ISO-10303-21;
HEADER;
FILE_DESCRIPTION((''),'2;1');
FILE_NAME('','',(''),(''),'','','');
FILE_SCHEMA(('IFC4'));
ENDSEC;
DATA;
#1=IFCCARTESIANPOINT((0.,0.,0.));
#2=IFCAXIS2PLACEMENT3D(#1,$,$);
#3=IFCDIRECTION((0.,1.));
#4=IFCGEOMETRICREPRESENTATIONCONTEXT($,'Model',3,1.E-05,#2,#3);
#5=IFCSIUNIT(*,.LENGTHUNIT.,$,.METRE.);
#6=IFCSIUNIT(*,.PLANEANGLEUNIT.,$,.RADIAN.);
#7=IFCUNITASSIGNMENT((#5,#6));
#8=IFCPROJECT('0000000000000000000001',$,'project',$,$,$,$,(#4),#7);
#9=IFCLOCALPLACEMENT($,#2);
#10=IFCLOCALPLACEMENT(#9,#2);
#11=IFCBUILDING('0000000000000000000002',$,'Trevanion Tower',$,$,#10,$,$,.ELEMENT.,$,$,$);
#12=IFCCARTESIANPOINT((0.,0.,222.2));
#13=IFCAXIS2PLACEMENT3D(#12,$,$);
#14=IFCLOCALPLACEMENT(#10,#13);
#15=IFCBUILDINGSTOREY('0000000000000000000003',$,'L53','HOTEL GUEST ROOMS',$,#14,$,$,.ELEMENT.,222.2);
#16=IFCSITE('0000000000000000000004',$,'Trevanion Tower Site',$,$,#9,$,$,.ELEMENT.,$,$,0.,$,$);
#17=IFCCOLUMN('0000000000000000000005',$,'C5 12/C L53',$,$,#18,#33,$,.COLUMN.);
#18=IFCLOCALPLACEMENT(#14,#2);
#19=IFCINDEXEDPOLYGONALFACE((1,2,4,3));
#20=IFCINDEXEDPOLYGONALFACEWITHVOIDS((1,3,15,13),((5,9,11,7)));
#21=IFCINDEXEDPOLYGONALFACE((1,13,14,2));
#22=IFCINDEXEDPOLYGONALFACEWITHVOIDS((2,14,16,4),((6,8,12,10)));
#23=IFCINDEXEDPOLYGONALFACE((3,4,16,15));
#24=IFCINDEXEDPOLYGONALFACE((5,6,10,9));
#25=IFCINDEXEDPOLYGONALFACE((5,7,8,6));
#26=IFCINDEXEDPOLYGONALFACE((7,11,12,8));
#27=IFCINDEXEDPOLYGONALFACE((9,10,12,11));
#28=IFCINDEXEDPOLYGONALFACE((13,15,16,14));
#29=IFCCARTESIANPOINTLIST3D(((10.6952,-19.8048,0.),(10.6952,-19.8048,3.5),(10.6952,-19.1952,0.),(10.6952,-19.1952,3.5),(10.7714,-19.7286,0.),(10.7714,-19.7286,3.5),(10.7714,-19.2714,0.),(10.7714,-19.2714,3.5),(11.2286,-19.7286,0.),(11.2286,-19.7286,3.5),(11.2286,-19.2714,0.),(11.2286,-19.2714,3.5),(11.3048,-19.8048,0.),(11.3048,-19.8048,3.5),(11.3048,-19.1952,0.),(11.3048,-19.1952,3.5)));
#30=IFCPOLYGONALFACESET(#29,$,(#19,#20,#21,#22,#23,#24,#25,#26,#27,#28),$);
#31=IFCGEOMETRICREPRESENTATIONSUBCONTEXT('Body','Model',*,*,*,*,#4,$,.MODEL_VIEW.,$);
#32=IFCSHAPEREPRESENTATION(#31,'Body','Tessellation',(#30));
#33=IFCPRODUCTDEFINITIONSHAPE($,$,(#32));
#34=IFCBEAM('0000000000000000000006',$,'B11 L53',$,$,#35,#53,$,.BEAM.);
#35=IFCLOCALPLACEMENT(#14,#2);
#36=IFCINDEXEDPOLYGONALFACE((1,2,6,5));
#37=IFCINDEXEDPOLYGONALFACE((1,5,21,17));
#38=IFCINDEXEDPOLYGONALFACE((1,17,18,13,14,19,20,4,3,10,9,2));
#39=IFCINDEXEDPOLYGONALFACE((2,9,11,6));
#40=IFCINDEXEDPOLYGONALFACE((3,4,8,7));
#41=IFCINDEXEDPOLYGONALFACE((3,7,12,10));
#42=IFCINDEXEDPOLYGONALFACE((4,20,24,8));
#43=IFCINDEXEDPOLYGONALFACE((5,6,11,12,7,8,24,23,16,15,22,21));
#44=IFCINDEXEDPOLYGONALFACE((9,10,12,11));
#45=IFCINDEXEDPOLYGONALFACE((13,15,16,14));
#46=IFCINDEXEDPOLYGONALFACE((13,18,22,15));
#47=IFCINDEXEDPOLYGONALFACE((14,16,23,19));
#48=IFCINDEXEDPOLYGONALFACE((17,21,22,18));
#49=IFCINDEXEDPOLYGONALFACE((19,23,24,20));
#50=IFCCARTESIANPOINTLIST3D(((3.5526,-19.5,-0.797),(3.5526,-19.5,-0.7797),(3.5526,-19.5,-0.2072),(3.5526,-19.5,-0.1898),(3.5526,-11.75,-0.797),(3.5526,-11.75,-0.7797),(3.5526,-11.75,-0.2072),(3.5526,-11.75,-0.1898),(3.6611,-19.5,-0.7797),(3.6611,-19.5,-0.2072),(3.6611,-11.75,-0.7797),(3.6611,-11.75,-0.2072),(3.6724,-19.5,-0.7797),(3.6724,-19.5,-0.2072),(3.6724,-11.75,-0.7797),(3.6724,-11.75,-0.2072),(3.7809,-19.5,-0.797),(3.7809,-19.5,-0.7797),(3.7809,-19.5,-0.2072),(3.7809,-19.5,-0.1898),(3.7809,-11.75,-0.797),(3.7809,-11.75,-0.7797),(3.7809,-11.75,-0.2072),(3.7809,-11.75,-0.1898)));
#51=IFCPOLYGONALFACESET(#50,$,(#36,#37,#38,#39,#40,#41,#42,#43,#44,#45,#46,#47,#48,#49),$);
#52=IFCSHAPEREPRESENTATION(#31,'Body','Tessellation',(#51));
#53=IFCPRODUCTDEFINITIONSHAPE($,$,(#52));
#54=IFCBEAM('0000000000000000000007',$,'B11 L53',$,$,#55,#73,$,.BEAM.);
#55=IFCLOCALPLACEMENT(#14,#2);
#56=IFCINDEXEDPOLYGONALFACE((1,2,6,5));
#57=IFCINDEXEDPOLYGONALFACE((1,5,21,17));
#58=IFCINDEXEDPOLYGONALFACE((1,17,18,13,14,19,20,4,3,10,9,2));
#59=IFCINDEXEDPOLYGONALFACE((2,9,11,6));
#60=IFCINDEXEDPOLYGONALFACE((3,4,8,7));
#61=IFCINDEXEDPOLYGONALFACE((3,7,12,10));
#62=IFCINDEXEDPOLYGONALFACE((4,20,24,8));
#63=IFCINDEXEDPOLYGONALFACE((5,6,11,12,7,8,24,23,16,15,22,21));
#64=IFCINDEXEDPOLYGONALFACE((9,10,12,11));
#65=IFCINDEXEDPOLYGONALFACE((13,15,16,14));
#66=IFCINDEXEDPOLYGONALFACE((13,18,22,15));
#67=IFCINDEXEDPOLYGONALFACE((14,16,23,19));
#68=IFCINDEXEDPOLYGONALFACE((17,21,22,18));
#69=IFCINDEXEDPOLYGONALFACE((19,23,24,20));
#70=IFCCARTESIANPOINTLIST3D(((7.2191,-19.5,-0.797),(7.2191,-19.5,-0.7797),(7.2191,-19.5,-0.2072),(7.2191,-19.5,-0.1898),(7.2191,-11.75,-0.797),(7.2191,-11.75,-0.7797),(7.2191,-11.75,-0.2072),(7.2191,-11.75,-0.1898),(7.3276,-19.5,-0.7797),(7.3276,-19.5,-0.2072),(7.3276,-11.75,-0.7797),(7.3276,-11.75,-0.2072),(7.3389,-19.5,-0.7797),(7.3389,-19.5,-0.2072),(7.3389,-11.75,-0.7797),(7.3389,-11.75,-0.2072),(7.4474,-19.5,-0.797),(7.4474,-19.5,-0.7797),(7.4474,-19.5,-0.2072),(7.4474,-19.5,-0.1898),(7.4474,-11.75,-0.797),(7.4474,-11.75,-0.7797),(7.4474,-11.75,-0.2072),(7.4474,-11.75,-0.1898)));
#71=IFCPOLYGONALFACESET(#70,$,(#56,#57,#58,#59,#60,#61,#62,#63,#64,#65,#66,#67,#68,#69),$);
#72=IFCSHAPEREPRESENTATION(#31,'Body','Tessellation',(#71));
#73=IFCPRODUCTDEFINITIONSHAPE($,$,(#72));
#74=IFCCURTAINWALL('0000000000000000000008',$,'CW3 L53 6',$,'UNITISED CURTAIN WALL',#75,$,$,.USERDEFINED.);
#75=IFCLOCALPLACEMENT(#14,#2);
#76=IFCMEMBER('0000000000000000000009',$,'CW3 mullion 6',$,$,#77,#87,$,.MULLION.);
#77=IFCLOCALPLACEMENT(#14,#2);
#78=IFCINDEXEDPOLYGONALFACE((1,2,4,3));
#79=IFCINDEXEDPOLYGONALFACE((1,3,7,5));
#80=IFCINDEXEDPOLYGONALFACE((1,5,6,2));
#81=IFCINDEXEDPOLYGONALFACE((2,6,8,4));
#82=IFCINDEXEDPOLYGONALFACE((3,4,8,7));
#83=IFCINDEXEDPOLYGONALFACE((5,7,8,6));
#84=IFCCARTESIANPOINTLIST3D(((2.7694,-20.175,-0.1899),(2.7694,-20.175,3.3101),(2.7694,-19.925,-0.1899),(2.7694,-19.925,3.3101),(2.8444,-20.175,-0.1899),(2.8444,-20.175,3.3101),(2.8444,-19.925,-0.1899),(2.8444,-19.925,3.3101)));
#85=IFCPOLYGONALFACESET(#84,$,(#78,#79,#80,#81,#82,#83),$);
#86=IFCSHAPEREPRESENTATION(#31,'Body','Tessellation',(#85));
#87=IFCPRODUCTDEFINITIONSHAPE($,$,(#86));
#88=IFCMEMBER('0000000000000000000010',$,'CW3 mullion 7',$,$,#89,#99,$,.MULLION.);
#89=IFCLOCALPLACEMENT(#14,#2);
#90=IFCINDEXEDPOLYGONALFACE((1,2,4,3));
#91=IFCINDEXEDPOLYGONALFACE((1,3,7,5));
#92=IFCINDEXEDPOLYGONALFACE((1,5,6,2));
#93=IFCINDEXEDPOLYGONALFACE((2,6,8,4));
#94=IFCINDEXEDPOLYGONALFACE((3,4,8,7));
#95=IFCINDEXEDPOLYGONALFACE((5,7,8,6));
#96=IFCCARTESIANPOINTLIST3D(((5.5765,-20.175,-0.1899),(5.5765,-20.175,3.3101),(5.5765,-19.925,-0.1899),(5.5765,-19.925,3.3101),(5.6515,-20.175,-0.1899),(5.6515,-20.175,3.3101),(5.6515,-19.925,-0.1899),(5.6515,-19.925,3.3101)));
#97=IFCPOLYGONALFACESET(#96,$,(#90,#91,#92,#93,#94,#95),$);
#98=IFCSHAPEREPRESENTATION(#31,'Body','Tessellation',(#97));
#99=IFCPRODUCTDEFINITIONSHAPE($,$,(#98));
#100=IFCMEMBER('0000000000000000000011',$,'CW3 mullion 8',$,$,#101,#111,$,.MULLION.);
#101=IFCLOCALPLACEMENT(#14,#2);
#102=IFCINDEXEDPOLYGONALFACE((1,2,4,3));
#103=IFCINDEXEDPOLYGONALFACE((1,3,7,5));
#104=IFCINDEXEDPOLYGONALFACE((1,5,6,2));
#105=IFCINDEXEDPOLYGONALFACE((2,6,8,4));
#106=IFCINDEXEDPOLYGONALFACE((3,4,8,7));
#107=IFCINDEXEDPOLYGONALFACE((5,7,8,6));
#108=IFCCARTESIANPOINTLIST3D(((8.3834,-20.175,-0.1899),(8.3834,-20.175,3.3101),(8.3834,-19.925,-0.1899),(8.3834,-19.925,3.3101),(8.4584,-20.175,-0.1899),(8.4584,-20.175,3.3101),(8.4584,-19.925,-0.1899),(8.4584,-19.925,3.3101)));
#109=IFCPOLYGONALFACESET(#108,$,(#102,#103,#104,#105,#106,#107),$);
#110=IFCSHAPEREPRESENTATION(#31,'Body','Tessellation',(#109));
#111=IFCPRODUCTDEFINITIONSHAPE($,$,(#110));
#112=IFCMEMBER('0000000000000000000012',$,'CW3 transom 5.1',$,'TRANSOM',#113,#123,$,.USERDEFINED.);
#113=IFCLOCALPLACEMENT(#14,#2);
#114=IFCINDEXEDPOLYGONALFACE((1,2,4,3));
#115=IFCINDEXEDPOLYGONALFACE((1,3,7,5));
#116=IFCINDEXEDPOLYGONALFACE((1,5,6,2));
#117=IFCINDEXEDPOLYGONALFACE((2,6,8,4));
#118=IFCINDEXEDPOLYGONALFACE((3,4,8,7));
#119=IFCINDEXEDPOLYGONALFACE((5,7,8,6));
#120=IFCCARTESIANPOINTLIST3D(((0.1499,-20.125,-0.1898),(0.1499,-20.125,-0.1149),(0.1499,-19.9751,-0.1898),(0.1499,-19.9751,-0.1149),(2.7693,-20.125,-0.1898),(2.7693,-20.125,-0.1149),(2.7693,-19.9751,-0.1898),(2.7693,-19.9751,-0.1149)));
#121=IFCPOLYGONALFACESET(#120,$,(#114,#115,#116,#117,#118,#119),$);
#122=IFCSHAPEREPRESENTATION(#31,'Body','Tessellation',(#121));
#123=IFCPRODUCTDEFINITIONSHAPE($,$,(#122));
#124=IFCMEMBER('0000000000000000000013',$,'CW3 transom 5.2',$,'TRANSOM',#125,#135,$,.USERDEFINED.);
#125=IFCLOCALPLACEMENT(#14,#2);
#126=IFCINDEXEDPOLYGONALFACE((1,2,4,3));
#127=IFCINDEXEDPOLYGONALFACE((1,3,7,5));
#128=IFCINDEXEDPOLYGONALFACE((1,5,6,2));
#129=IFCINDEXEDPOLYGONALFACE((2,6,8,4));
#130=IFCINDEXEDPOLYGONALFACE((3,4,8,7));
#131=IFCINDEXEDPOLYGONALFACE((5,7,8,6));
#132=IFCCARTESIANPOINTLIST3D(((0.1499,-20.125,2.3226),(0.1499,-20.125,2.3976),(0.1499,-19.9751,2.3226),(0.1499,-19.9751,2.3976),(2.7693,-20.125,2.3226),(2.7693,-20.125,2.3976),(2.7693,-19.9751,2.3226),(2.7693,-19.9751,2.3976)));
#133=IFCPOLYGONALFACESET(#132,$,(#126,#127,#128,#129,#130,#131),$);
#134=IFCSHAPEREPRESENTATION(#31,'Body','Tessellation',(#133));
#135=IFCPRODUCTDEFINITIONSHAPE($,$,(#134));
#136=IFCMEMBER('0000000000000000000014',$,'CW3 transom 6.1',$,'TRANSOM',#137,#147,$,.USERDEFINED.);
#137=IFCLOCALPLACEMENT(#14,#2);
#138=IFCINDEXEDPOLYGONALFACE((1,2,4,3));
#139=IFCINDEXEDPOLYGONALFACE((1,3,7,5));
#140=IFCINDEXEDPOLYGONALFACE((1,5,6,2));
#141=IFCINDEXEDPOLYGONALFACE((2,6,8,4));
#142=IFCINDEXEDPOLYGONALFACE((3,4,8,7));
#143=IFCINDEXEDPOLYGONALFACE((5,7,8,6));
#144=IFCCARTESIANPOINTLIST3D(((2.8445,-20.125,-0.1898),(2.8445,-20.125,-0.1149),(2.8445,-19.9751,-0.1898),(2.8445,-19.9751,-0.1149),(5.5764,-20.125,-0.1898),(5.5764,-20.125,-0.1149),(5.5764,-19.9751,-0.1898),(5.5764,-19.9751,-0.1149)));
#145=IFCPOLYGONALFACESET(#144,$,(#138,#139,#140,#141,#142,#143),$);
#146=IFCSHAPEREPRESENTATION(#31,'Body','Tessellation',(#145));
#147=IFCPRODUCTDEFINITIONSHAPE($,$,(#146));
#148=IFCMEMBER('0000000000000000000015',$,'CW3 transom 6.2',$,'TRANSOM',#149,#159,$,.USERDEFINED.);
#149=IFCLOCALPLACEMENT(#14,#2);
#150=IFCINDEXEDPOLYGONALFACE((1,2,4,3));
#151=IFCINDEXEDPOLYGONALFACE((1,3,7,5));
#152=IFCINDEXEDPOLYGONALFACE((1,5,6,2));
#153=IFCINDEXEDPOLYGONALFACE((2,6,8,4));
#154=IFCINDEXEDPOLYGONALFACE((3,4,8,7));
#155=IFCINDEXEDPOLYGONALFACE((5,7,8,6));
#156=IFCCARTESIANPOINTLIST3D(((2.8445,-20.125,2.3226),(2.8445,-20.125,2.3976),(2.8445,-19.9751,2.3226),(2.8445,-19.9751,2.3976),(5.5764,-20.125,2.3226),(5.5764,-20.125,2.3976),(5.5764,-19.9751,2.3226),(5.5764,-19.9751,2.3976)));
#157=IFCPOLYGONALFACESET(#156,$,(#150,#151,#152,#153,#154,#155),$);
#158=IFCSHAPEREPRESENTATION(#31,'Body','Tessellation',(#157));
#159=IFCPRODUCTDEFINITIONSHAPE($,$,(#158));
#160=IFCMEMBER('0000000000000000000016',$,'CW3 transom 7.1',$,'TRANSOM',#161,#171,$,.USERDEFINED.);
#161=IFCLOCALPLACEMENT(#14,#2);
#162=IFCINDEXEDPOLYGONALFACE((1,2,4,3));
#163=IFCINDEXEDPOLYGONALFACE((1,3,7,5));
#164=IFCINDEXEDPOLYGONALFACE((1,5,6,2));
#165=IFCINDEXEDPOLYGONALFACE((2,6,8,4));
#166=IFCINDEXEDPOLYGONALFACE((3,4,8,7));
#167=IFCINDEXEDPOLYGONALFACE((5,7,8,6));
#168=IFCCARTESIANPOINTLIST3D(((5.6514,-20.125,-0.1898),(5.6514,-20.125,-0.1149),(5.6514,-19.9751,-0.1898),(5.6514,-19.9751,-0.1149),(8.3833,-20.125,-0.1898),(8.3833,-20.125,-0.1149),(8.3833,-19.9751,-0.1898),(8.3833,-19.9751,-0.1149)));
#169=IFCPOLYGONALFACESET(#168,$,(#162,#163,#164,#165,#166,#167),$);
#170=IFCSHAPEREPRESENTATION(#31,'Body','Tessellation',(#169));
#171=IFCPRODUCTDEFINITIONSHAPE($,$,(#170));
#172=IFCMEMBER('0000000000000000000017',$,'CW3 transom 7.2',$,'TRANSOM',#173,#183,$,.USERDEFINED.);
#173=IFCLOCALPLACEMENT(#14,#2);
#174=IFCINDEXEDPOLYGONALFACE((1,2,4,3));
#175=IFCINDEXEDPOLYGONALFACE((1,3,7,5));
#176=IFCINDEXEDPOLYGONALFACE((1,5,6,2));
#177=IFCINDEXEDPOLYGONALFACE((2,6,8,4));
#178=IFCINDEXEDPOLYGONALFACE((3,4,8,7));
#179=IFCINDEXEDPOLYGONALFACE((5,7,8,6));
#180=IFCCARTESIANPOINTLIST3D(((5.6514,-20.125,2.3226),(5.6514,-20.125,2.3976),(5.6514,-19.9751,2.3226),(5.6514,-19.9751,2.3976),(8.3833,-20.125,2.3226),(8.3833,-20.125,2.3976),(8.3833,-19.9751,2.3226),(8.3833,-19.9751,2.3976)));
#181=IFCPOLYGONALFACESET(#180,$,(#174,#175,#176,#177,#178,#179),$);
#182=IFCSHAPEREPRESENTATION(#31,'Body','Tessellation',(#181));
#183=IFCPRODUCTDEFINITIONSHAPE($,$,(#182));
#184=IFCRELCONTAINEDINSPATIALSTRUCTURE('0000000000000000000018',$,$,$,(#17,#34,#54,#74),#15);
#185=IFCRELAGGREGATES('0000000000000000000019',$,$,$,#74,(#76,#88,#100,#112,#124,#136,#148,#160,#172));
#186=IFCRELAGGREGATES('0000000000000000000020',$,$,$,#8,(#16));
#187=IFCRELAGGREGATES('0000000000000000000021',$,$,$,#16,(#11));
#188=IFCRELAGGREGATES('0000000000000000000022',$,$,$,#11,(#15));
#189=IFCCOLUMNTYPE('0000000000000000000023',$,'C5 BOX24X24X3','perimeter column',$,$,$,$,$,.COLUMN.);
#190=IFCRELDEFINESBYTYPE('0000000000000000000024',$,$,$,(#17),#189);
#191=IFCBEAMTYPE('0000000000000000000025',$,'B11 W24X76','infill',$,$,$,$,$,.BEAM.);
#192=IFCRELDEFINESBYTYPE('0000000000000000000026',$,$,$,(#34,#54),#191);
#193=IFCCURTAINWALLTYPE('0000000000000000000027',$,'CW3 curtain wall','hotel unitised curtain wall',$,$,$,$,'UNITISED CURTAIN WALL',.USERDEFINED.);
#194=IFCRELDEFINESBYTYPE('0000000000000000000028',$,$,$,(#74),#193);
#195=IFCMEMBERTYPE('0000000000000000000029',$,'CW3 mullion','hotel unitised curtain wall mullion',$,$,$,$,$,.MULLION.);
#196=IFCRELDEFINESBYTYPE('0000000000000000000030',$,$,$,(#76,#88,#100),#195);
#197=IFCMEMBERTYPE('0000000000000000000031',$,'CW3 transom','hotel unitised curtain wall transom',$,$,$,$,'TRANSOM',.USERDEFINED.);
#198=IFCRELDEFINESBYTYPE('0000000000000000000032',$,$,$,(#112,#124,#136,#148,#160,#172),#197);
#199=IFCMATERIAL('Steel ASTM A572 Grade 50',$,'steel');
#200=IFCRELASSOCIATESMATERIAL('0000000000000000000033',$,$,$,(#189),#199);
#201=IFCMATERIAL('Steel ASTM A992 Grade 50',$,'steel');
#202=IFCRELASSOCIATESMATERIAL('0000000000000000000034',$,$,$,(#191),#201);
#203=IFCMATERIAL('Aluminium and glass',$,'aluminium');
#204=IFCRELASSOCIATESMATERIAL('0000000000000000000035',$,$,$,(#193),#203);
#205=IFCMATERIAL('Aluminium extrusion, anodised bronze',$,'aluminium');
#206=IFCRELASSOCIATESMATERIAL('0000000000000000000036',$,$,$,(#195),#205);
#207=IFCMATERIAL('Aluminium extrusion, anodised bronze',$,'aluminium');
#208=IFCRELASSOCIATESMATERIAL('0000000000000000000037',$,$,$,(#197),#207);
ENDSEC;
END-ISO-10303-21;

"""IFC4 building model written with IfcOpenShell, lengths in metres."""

from ifc_helpers import new_model, si_unit, direction, frame, origin, origin_2d, place, context, subcontext, project, spatial, rectangle, hollow_rectangle, i_section, extrude, material, material_profile, profile_set, type_object, element, aggregate, save


model = new_model("IFC4")

# Units and contexts
model_context = context("Model", 3, precision=1e-05, world=origin(), true_north=direction((0.0, 1.0)))
body_context = subcontext(model_context, "Body", "Model", "MODEL_VIEW")
ifc_project = project(units=[si_unit("LENGTHUNIT", "METRE"), si_unit("PLANEANGLEUNIT", "RADIAN")], contexts=[model_context])

# Site, building, storey
site_placement = place(None, origin())
site = spatial("IfcSite", under=ifc_project, at=site_placement, Name="Trevanion Tower Site", CompositionType="ELEMENT", RefElevation=0.0)
building_placement = place(site_placement, origin())
building = spatial("IfcBuilding", under=site, at=building_placement, Name="Trevanion Tower", CompositionType="ELEMENT")
storey_placement = place(building_placement, frame((0.0, 0.0, 222.2)))
storey = spatial("IfcBuildingStorey", under=building, at=storey_placement, Name="L53", Description="HOTEL GUEST ROOMS", CompositionType="ELEMENT", Elevation=222.2)

# Column
ifc_material_1 = material(Name="Steel ASTM A572 Grade 50", Category="steel")
ifc_material_profile_1 = material_profile(ifc_material_1, hollow_rectangle(XDim=0.6096, YDim=0.6096, WallThickness=0.0762, at=origin_2d()), Name="BOX24X24X3")
ifc_profile_set_1 = profile_set([ifc_material_profile_1], Name="Steel ASTM A572 Grade 50")
column_type = type_object("IfcColumnType", Name="C5 BOX24X24X3", Description="perimeter column", PredefinedType="COLUMN", material=ifc_profile_set_1)
column_placement = place(storey_placement, frame((11.0, -19.5, 0.0), z_axis=(0.0, 0.0, 1.0), x_axis=(1.0, 0.0, 0.0)))
element("IfcColumn", 1, at=column_placement, inside=storey, type_object=column_type, Name="C5 12/C L53", PredefinedType="COLUMN", context=body_context, shape_type="SweptSolid", body=[
    extrude(hollow_rectangle(XDim=0.6096, YDim=0.6096, WallThickness=0.0762, at=origin_2d()), origin(), (0.0, 0.0, 1.0), 3.5),
])

# Beams
ifc_material_2 = material(Name="Steel ASTM A992 Grade 50", Category="steel")
ifc_material_profile_2 = material_profile(ifc_material_2, i_section(OverallWidth=0.2283, OverallDepth=0.6072, WebThickness=0.0112, FlangeThickness=0.0173, at=origin_2d()), Name="W24X76")
ifc_profile_set_2 = profile_set([ifc_material_profile_2], Name="Steel ASTM A992 Grade 50")
beam_type_1 = type_object("IfcBeamType", Name="B11 W24X76", Description="infill", PredefinedType="BEAM", material=ifc_profile_set_2)
for number, where, z_axis, x_axis, name in (
    (2, (3.6667, -11.75, -0.4934), (0.0, -1.0, 0.0), (1.0, 0.0, 0.0), "B11 L53"),
    (3, (7.3333, -11.75, -0.4934), (0.0, -1.0, 0.0), (1.0, 0.0, 0.0), "B11 L53"),
):
    element("IfcBeam", number, at=place(storey_placement, frame(where, z_axis=z_axis, x_axis=x_axis)), inside=storey, type_object=beam_type_1, Name=name, PredefinedType="BEAM", context=body_context, shape_type="SweptSolid", body=[
        extrude(i_section(OverallWidth=0.2283, OverallDepth=0.6072, WebThickness=0.0112, FlangeThickness=0.0173, at=origin_2d()), origin(), (0.0, 0.0, 1.0), 7.75),
    ])

# Curtain wall, members
ifc_material_3 = material(Name="Aluminium and glass", Category="aluminium")
curtain_wall_type = type_object("IfcCurtainWallType", Name="CW3 curtain wall", Description="hotel unitised curtain wall", ElementType="UNITISED CURTAIN WALL", PredefinedType="USERDEFINED", material=ifc_material_3)
curtain_wall_placement = place(storey_placement, origin())
curtain_wall = element("IfcCurtainWall", 4, at=curtain_wall_placement, inside=storey, type_object=curtain_wall_type, Name="CW3 L53 6", ObjectType="UNITISED CURTAIN WALL", PredefinedType="USERDEFINED")
ifc_material_4 = material(Name="Aluminium extrusion, anodised bronze", Category="aluminium")
ifc_material_profile_3 = material_profile(ifc_material_4, rectangle(XDim=0.075, YDim=0.25, at=origin_2d()), Name="CW3 mullion")
ifc_profile_set_3 = profile_set([ifc_material_profile_3], Name="Aluminium extrusion, anodised bronze")
member_type_1 = type_object("IfcMemberType", Name="CW3 mullion", Description="hotel unitised curtain wall mullion", PredefinedType="MULLION", material=ifc_profile_set_3)
member_1_placement = place(storey_placement, frame((2.8069, -20.05, -0.1899), z_axis=(0.0, 0.0, 1.0), x_axis=(1.0, 0.0, 0.0)))
member_1 = element("IfcMember", 5, at=member_1_placement, type_object=member_type_1, Name="CW3 mullion 6", PredefinedType="MULLION", context=body_context, shape_type="SweptSolid", body=[
    extrude(rectangle(XDim=0.075, YDim=0.25, at=origin_2d()), origin(), (0.0, 0.0, 1.0), 3.5),
])
member_2_placement = place(storey_placement, frame((5.614, -20.05, -0.1899), z_axis=(0.0, 0.0, 1.0), x_axis=(1.0, 0.0, 0.0)))
member_2 = element("IfcMember", 6, at=member_2_placement, type_object=member_type_1, Name="CW3 mullion 7", PredefinedType="MULLION", context=body_context, shape_type="SweptSolid", body=[
    extrude(rectangle(XDim=0.075, YDim=0.25, at=origin_2d()), origin(), (0.0, 0.0, 1.0), 3.5),
])
member_3_placement = place(storey_placement, frame((8.4209, -20.05, -0.1899), z_axis=(0.0, 0.0, 1.0), x_axis=(1.0, 0.0, 0.0)))
member_3 = element("IfcMember", 7, at=member_3_placement, type_object=member_type_1, Name="CW3 mullion 8", PredefinedType="MULLION", context=body_context, shape_type="SweptSolid", body=[
    extrude(rectangle(XDim=0.075, YDim=0.25, at=origin_2d()), origin(), (0.0, 0.0, 1.0), 3.5),
])
ifc_material_5 = material(Name="Aluminium extrusion, anodised bronze", Category="aluminium")
ifc_material_profile_4 = material_profile(ifc_material_5, rectangle(XDim=0.1499, YDim=0.075, at=origin_2d()), Name="CW3 transom")
ifc_profile_set_4 = profile_set([ifc_material_profile_4], Name="Aluminium extrusion, anodised bronze")
member_type_2 = type_object("IfcMemberType", Name="CW3 transom", Description="hotel unitised curtain wall transom", ElementType="TRANSOM", PredefinedType="USERDEFINED", material=ifc_profile_set_4)
member_4_placement = place(storey_placement, frame((0.1499, -20.05, -0.1523), z_axis=(1.0, 0.0, 0.0), x_axis=(0.0, 1.0, 0.0)))
member_4 = element("IfcMember", 8, at=member_4_placement, type_object=member_type_2, Name="CW3 transom 5.1", ObjectType="TRANSOM", PredefinedType="USERDEFINED", context=body_context, shape_type="SweptSolid", body=[
    extrude(rectangle(XDim=0.1499, YDim=0.075, at=origin_2d()), origin(), (0.0, 0.0, 1.0), 2.6194),
])
member_5_placement = place(storey_placement, frame((0.1499, -20.05, 2.3601), z_axis=(1.0, 0.0, 0.0), x_axis=(0.0, 1.0, 0.0)))
member_5 = element("IfcMember", 9, at=member_5_placement, type_object=member_type_2, Name="CW3 transom 5.2", ObjectType="TRANSOM", PredefinedType="USERDEFINED", context=body_context, shape_type="SweptSolid", body=[
    extrude(rectangle(XDim=0.1499, YDim=0.075, at=origin_2d()), origin(), (0.0, 0.0, 1.0), 2.6194),
])
member_6_placement = place(storey_placement, frame((2.8445, -20.05, -0.1523), z_axis=(1.0, 0.0, 0.0), x_axis=(0.0, 1.0, 0.0)))
member_6 = element("IfcMember", 10, at=member_6_placement, type_object=member_type_2, Name="CW3 transom 6.1", ObjectType="TRANSOM", PredefinedType="USERDEFINED", context=body_context, shape_type="SweptSolid", body=[
    extrude(rectangle(XDim=0.1499, YDim=0.075, at=origin_2d()), origin(), (0.0, 0.0, 1.0), 2.7319),
])
member_7_placement = place(storey_placement, frame((2.8445, -20.05, 2.3601), z_axis=(1.0, 0.0, 0.0), x_axis=(0.0, 1.0, 0.0)))
member_7 = element("IfcMember", 11, at=member_7_placement, type_object=member_type_2, Name="CW3 transom 6.2", ObjectType="TRANSOM", PredefinedType="USERDEFINED", context=body_context, shape_type="SweptSolid", body=[
    extrude(rectangle(XDim=0.1499, YDim=0.075, at=origin_2d()), origin(), (0.0, 0.0, 1.0), 2.7319),
])
member_8_placement = place(storey_placement, frame((5.6514, -20.05, -0.1523), z_axis=(1.0, 0.0, 0.0), x_axis=(0.0, 1.0, 0.0)))
member_8 = element("IfcMember", 12, at=member_8_placement, type_object=member_type_2, Name="CW3 transom 7.1", ObjectType="TRANSOM", PredefinedType="USERDEFINED", context=body_context, shape_type="SweptSolid", body=[
    extrude(rectangle(XDim=0.1499, YDim=0.075, at=origin_2d()), origin(), (0.0, 0.0, 1.0), 2.7319),
])
member_9_placement = place(storey_placement, frame((5.6514, -20.05, 2.3601), z_axis=(1.0, 0.0, 0.0), x_axis=(0.0, 1.0, 0.0)))
member_9 = element("IfcMember", 13, at=member_9_placement, type_object=member_type_2, Name="CW3 transom 7.2", ObjectType="TRANSOM", PredefinedType="USERDEFINED", context=body_context, shape_type="SweptSolid", body=[
    extrude(rectangle(XDim=0.1499, YDim=0.075, at=origin_2d()), origin(), (0.0, 0.0, 1.0), 2.7319),
])

aggregate(curtain_wall, [member_1, member_2, member_3, member_4, member_5, member_6, member_7, member_8, member_9])

save(model, "model.ifc")
